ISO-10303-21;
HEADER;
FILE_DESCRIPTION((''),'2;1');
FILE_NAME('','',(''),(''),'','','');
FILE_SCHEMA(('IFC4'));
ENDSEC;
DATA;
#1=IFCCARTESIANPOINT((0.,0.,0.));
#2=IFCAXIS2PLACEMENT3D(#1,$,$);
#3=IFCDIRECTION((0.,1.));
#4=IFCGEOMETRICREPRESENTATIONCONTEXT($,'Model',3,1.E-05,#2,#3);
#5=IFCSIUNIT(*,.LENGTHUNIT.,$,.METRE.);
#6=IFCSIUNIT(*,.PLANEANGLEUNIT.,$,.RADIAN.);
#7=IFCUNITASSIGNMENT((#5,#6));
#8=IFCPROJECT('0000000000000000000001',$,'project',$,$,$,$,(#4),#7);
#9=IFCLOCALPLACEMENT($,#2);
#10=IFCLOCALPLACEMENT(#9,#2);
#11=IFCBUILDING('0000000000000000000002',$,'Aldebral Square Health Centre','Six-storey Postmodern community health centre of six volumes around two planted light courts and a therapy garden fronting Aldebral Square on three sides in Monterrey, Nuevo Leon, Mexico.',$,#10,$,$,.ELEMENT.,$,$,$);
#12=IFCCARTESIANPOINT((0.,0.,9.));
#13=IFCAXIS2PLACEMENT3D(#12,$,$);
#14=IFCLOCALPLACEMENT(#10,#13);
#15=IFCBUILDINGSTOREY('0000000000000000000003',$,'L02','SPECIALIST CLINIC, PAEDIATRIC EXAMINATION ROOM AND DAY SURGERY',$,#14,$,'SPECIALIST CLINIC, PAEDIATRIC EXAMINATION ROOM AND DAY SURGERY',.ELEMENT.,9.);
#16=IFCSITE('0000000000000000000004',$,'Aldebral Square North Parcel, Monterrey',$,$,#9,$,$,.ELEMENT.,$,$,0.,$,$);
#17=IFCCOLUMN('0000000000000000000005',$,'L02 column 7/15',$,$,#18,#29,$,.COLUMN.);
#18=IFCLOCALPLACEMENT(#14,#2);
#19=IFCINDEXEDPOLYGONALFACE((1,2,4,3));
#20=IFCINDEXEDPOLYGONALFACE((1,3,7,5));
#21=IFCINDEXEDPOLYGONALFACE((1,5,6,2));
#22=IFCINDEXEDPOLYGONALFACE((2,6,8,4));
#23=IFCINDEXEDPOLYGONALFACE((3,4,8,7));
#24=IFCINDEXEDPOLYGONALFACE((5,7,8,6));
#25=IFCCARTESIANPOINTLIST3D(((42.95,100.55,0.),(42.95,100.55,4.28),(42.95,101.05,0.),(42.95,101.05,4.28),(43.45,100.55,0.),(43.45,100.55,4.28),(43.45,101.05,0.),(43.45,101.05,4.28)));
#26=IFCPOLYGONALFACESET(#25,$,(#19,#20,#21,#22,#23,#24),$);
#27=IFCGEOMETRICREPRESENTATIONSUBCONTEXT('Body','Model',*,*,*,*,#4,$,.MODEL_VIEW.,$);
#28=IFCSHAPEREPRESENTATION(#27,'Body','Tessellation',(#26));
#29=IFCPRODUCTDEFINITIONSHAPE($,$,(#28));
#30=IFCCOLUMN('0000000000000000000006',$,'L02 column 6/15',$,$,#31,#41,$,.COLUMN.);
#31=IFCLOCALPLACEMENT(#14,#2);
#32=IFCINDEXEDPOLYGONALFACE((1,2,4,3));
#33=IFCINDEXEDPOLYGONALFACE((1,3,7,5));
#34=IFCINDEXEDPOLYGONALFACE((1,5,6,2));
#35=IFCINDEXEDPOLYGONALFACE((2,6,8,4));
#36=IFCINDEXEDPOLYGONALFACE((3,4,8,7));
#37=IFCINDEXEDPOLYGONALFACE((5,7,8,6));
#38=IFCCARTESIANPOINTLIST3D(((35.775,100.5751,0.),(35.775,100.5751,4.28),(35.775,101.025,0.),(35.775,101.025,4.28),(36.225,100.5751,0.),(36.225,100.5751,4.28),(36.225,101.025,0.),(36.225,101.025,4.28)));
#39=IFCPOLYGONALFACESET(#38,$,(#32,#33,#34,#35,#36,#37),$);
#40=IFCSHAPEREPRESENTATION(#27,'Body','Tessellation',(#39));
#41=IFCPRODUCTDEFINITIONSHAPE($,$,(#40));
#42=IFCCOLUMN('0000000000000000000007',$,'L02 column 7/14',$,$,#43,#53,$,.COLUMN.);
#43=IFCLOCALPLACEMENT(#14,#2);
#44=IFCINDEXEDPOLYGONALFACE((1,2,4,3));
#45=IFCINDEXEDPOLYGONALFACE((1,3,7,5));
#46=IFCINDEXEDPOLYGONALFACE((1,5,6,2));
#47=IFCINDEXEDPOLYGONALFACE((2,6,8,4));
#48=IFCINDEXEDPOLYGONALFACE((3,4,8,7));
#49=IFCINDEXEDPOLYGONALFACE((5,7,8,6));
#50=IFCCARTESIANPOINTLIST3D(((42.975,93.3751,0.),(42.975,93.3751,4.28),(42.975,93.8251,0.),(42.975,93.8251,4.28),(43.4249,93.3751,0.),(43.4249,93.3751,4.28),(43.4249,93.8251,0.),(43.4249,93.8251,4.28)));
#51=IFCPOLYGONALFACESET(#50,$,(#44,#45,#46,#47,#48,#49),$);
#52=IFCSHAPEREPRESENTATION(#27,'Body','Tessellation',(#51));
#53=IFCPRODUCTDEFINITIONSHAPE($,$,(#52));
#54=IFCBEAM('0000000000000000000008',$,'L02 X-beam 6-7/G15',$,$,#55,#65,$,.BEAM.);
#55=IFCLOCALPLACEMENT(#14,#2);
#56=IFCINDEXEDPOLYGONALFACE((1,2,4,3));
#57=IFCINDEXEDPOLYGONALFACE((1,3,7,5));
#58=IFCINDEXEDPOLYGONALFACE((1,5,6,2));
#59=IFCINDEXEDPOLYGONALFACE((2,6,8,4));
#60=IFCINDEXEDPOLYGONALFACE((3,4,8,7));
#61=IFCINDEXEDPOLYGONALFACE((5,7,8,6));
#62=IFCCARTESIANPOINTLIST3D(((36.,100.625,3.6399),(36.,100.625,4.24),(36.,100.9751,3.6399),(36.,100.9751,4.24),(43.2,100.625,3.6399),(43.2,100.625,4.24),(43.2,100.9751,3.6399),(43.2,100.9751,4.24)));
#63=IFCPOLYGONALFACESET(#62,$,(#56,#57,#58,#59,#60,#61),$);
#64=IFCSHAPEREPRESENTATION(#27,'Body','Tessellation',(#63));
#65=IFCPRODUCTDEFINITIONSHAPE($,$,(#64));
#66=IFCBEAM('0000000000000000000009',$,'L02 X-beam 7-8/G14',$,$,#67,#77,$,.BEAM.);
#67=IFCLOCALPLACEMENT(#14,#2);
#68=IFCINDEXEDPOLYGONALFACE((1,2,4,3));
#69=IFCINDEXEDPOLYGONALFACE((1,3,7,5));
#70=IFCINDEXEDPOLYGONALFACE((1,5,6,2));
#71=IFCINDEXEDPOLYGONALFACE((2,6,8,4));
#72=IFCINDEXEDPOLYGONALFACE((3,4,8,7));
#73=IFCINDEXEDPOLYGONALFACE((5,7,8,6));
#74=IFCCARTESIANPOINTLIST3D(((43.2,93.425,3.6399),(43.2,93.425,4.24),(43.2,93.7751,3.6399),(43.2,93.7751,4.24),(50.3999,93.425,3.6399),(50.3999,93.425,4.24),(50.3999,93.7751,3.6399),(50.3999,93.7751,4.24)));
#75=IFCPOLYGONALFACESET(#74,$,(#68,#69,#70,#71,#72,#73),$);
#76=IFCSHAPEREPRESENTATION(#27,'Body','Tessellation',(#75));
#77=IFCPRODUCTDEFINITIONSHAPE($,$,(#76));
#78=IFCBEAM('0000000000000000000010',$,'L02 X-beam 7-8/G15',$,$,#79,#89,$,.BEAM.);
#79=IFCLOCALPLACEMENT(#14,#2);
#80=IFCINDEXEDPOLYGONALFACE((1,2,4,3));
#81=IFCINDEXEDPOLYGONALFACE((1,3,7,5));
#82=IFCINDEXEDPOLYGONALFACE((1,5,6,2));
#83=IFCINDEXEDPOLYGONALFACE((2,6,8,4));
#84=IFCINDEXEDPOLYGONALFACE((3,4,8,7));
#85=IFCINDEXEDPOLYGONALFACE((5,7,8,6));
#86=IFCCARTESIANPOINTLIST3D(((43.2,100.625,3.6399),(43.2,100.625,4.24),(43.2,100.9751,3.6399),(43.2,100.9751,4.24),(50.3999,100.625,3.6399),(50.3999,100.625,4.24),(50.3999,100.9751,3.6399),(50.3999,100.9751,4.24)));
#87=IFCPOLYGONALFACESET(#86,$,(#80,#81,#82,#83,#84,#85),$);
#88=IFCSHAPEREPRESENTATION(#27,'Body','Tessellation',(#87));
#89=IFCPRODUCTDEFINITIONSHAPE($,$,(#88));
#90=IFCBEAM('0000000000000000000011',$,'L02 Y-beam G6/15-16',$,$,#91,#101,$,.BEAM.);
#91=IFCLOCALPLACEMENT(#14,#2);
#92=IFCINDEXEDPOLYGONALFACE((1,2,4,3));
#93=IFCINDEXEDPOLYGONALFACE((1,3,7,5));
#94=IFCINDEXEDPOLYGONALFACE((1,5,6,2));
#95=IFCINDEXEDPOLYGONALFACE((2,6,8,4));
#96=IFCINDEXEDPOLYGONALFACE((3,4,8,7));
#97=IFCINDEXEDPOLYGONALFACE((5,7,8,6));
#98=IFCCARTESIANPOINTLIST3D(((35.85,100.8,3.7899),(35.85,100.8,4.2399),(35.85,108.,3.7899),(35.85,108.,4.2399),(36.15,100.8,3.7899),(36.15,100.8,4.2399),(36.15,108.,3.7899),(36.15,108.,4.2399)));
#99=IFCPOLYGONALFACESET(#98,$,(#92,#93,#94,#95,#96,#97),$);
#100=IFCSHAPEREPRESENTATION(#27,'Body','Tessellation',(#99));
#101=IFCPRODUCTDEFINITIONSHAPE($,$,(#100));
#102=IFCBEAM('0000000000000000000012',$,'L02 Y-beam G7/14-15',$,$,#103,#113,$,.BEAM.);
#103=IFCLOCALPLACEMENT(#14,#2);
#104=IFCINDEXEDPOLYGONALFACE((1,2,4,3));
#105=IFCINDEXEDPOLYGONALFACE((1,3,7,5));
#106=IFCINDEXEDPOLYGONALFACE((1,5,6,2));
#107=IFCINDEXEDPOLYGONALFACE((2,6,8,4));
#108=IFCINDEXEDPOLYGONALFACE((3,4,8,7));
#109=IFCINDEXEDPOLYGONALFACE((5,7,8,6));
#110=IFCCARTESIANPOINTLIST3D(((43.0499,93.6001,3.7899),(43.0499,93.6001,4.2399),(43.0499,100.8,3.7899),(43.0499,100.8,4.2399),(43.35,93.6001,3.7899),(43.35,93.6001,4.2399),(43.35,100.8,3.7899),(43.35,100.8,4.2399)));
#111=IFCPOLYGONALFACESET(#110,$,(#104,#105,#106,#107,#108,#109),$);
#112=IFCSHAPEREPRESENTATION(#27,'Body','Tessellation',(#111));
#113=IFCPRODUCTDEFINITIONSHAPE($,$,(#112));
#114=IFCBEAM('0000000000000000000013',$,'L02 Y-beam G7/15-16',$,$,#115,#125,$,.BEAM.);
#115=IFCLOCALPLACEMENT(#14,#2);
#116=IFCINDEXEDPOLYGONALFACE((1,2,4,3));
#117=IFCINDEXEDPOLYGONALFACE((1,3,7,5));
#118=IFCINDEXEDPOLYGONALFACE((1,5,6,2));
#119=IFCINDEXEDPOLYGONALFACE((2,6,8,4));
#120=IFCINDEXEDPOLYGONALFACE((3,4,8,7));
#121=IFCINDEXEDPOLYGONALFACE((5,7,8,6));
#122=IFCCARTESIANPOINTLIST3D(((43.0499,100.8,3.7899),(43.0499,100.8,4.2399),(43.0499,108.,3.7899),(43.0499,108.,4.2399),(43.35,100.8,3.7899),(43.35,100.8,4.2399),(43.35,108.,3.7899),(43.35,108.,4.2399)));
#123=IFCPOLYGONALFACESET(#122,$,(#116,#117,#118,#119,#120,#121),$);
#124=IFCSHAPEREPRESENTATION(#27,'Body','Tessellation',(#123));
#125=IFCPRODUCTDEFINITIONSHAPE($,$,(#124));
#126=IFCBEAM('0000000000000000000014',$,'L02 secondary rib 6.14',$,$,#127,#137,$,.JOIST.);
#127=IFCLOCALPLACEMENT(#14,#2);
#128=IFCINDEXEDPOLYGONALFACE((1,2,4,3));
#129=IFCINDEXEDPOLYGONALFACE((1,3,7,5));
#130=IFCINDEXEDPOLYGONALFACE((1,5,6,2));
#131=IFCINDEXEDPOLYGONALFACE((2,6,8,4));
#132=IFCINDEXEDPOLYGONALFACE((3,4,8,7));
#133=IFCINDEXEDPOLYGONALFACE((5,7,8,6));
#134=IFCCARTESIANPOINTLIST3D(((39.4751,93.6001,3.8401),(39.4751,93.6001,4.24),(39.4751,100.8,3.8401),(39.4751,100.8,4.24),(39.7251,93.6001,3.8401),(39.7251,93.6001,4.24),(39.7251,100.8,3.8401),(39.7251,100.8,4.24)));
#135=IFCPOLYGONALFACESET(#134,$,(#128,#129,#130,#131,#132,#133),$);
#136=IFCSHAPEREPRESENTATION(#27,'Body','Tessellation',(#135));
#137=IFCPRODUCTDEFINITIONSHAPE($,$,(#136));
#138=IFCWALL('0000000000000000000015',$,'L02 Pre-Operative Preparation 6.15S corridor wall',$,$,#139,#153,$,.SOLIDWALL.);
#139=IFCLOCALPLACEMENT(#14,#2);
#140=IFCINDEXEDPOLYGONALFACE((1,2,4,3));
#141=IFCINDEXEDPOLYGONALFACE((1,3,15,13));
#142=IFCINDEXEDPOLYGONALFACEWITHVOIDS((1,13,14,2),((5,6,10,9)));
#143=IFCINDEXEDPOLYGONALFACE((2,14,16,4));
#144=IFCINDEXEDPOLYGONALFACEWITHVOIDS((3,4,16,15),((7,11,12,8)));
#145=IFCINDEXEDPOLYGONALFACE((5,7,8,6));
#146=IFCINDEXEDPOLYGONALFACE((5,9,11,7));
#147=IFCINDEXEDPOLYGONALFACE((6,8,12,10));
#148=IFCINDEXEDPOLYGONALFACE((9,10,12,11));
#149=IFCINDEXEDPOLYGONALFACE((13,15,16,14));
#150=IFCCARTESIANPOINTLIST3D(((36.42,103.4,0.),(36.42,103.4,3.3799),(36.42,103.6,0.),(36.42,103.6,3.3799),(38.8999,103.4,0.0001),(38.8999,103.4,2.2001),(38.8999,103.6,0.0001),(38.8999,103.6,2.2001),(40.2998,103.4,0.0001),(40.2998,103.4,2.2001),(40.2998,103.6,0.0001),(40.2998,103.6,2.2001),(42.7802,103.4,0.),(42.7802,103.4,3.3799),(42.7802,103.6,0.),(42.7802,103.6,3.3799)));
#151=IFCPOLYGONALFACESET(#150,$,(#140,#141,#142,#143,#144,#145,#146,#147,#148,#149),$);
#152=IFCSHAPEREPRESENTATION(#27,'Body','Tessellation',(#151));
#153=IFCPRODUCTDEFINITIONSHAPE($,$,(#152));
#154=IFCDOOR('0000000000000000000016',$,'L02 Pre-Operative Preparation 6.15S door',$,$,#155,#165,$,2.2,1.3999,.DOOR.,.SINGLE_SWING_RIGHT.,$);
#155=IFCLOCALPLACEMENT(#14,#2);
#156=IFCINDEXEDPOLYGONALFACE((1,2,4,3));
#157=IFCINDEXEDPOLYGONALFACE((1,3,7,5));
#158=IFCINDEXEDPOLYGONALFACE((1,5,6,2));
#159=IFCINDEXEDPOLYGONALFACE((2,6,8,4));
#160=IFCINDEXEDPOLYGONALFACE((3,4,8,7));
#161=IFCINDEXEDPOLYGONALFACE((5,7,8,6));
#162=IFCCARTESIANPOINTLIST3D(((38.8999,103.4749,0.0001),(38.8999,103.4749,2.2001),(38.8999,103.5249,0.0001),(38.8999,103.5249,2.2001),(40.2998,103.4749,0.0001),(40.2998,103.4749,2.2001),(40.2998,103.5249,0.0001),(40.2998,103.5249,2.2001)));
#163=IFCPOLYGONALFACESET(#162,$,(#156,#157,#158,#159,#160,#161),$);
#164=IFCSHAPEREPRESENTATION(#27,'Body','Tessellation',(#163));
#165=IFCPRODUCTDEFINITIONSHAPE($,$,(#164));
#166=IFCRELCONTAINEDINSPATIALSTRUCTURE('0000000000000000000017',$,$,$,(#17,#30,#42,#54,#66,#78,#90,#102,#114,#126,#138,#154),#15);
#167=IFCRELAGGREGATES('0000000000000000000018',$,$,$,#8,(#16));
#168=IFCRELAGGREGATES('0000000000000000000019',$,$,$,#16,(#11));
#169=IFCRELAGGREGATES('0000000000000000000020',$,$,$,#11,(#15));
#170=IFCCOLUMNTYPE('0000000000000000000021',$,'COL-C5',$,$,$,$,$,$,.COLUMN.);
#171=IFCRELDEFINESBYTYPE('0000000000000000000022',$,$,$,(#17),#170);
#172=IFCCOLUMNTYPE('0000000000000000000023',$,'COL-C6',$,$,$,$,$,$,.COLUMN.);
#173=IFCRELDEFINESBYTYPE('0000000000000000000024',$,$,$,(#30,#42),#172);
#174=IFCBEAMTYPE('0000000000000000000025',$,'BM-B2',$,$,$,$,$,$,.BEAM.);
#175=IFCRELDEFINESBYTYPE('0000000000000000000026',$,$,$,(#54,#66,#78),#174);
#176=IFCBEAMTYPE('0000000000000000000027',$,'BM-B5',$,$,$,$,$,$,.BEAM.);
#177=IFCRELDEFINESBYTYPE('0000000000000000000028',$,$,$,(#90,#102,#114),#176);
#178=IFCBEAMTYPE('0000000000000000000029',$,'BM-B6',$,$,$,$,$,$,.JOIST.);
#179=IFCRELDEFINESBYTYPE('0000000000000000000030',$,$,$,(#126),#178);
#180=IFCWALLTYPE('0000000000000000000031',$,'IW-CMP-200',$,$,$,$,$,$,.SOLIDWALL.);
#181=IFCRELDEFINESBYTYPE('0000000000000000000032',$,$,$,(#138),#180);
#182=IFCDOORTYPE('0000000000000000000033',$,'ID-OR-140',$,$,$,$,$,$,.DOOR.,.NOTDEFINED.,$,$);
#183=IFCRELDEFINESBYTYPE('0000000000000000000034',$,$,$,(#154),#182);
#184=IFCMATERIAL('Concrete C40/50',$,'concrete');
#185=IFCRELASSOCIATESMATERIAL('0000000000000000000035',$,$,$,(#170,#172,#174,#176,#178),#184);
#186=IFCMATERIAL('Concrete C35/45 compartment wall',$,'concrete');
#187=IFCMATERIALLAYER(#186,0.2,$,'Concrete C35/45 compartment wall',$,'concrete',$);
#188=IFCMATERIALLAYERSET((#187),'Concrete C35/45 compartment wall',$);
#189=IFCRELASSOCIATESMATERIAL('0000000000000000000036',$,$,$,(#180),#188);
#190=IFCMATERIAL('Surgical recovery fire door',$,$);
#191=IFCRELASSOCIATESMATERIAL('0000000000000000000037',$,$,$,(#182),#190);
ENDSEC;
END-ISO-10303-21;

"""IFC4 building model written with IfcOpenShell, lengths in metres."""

from ifc_helpers import new_model, si_unit, direction, frame, frame_2d, origin, origin_2d, place, context, subcontext, project, spatial, rectangle, extrude, material, layer, layer_set, material_profile, profile_set, type_object, element, fill, save


model = new_model("IFC4")

# Units and contexts
model_context = context("Model", 3, precision=1e-05, world=origin(), true_north=direction((0.0, 1.0)))
body_context = subcontext(model_context, "Body", "Model", "MODEL_VIEW")
ifc_project = project(units=[si_unit("LENGTHUNIT", "METRE"), si_unit("PLANEANGLEUNIT", "RADIAN")], contexts=[model_context])

# Site, building, storey
site_placement = place(None, origin())
site = spatial("IfcSite", under=ifc_project, at=site_placement, Name="Aldebral Square North Parcel, Monterrey", CompositionType="ELEMENT", RefElevation=0.0)
building_placement = place(site_placement, origin())
building = spatial("IfcBuilding", under=site, at=building_placement, Name="Aldebral Square Health Centre", Description="Six-storey Postmodern community health centre of six volumes around two planted light courts and a therapy garden fronting Aldebral Square on three sides in Monterrey, Nuevo Leon, Mexico.", CompositionType="ELEMENT")
storey_placement = place(building_placement, frame((0.0, 0.0, 9.0)))
storey = spatial("IfcBuildingStorey", under=building, at=storey_placement, Name="L02", Description="SPECIALIST CLINIC, PAEDIATRIC EXAMINATION ROOM AND DAY SURGERY", LongName="SPECIALIST CLINIC, PAEDIATRIC EXAMINATION ROOM AND DAY SURGERY", CompositionType="ELEMENT", Elevation=9.0)

# Columns
ifc_material_1 = material(Name="Concrete C40/50", Category="concrete")
ifc_material_profile_1 = material_profile(ifc_material_1, rectangle(XDim=0.5, YDim=0.5, at=origin_2d()), Name="RC 500x500")
ifc_profile_set_1 = profile_set([ifc_material_profile_1], Name="Concrete C40/50")
column_type_1 = type_object("IfcColumnType", Name="COL-C5", PredefinedType="COLUMN", material=ifc_profile_set_1)
column_placement = place(storey_placement, frame((43.2, 100.8, 0.0), z_axis=(0.0, 0.0, 1.0), x_axis=(1.0, 0.0, 0.0)))
element("IfcColumn", 1, at=column_placement, inside=storey, type_object=column_type_1, Name="L02 column 7/15", PredefinedType="COLUMN", context=body_context, shape_type="SweptSolid", body=[
    extrude(rectangle(XDim=0.5, YDim=0.5, at=origin_2d()), origin(), (0.0, 0.0, 1.0), 4.28),
])
ifc_material_profile_2 = material_profile(ifc_material_1, rectangle(XDim=0.45, YDim=0.45, at=origin_2d()), Name="RC 450x450")
ifc_profile_set_2 = profile_set([ifc_material_profile_2], Name="Concrete C40/50")
column_type_2 = type_object("IfcColumnType", Name="COL-C6", PredefinedType="COLUMN", material=ifc_profile_set_2)
for number, where, z_axis, x_axis, name in (
    (2, (36.0, 100.8, 0.0), (0.0, 0.0, 1.0), (1.0, 0.0, 0.0), "L02 column 6/15"),
    (3, (43.2, 93.6001, 0.0), (0.0, 0.0, 1.0), (1.0, 0.0, 0.0), "L02 column 7/14"),
):
    element("IfcColumn", number, at=place(storey_placement, frame(where, z_axis=z_axis, x_axis=x_axis)), inside=storey, type_object=column_type_2, Name=name, PredefinedType="COLUMN", context=body_context, shape_type="SweptSolid", body=[
        extrude(rectangle(XDim=0.45, YDim=0.45, at=origin_2d()), origin(), (0.0, 0.0, 1.0), 4.28),
    ])

# Beams
ifc_material_profile_3 = material_profile(ifc_material_1, rectangle(XDim=0.3501, YDim=0.6001, at=origin_2d()), Name="RC 350x600")
ifc_profile_set_3 = profile_set([ifc_material_profile_3], Name="Concrete C40/50")
beam_type_1 = type_object("IfcBeamType", Name="BM-B2", PredefinedType="BEAM", material=ifc_profile_set_3)
for number, where, z_axis, x_axis, name in (
    (4, (36.0, 100.8, 3.9399), (1.0, 0.0, 0.0), (0.0, 1.0, 0.0), "L02 X-beam 6-7/G15"),
    (5, (43.2, 93.6001, 3.9399), (1.0, 0.0, 0.0), (0.0, 1.0, 0.0), "L02 X-beam 7-8/G14"),
    (6, (43.2, 100.8, 3.9399), (1.0, 0.0, 0.0), (0.0, 1.0, 0.0), "L02 X-beam 7-8/G15"),
):
    element("IfcBeam", number, at=place(storey_placement, frame(where, z_axis=z_axis, x_axis=x_axis)), inside=storey, type_object=beam_type_1, Name=name, PredefinedType="BEAM", context=body_context, shape_type="SweptSolid", body=[
        extrude(rectangle(XDim=0.3501, YDim=0.6001, at=origin_2d()), origin(), (0.0, 0.0, 1.0), 7.2),
    ])
ifc_material_profile_4 = material_profile(ifc_material_1, rectangle(XDim=0.3, YDim=0.45, at=origin_2d()), Name="RC 300x450")
ifc_profile_set_4 = profile_set([ifc_material_profile_4], Name="Concrete C40/50")
beam_type_2 = type_object("IfcBeamType", Name="BM-B5", PredefinedType="BEAM", material=ifc_profile_set_4)
for number, where, z_axis, x_axis, name in (
    (7, (36.0, 100.8, 4.0149), (0.0, 1.0, 0.0), (-1.0, 0.0, 0.0), "L02 Y-beam G6/15-16"),
    (8, (43.2, 93.6001, 4.0149), (0.0, 1.0, 0.0), (-1.0, 0.0, 0.0), "L02 Y-beam G7/14-15"),
    (9, (43.2, 100.8, 4.0149), (0.0, 1.0, 0.0), (-1.0, 0.0, 0.0), "L02 Y-beam G7/15-16"),
):
    element("IfcBeam", number, at=place(storey_placement, frame(where, z_axis=z_axis, x_axis=x_axis)), inside=storey, type_object=beam_type_2, Name=name, PredefinedType="BEAM", context=body_context, shape_type="SweptSolid", body=[
        extrude(rectangle(XDim=0.3, YDim=0.45, at=origin_2d()), origin(), (0.0, 0.0, 1.0), 7.2),
    ])
ifc_material_profile_5 = material_profile(ifc_material_1, rectangle(XDim=0.25, YDim=0.3999, at=origin_2d()), Name="RC 250x400")
ifc_profile_set_5 = profile_set([ifc_material_profile_5], Name="Concrete C40/50")
beam_type_3 = type_object("IfcBeamType", Name="BM-B6", PredefinedType="JOIST", material=ifc_profile_set_5)
beam_placement = place(storey_placement, frame((39.6001, 93.6001, 4.04), z_axis=(0.0, 1.0, 0.0), x_axis=(-1.0, 0.0, 0.0)))
element("IfcBeam", 10, at=beam_placement, inside=storey, type_object=beam_type_3, Name="L02 secondary rib 6.14", PredefinedType="JOIST", context=body_context, shape_type="SweptSolid", body=[
    extrude(rectangle(XDim=0.25, YDim=0.3999, at=origin_2d()), origin(), (0.0, 0.0, 1.0), 7.2),
])

# Wall, opening, door
ifc_material_2 = material(Name="Concrete C35/45 compartment wall", Category="concrete")
ifc_layer_1 = layer(ifc_material_2, 0.2, Name="Concrete C35/45 compartment wall", Category="concrete")
ifc_layer_set_1 = layer_set([ifc_layer_1], Name="Concrete C35/45 compartment wall")
wall_type_1 = type_object("IfcWallType", Name="IW-CMP-200", PredefinedType="SOLIDWALL", material=ifc_layer_set_1)
wall_1_placement = place(storey_placement, frame((36.4199, 103.5, 0.0), z_axis=(0.0, 0.0, 1.0), x_axis=(1.0, 0.0, 0.0)))
wall_1 = element("IfcWall", 11, at=wall_1_placement, inside=storey, type_object=wall_type_1, Name="L02 Pre-Operative Preparation 6.15S corridor wall", PredefinedType="SOLIDWALL", context=body_context, shape_type="SweptSolid", body=[
    extrude(rectangle(XDim=6.3601, YDim=0.2, at=frame_2d((3.1802, 0.0))), origin(), (0.0, 0.0, 1.0), 3.3799),
])
opening_1_placement = place(wall_1_placement, frame((2.48, 0.0, 0.0)))
opening_1 = element("IfcOpeningElement", 12, at=opening_1_placement, cuts=wall_1, PredefinedType="OPENING", context=body_context, shape_type="SweptSolid", body=[
    extrude(rectangle(XDim=1.3999, YDim=2.2, at=frame_2d((0.7, 1.1001))), frame((0.0, 0.1099, 0.0), z_axis=(0.0, -1.0, 0.0), x_axis=(1.0, 0.0, 0.0)), (0.0, 0.0, 1.0), 0.22),
])
ifc_material_3 = material(Name="Surgical recovery fire door")
door_type_1 = type_object("IfcDoorType", Name="ID-OR-140", OperationType="NOTDEFINED", PredefinedType="DOOR", material=ifc_material_3)
door_1_placement = place(opening_1_placement, origin())
door_1 = element("IfcDoor", 13, at=door_1_placement, inside=storey, type_object=door_type_1, Name="L02 Pre-Operative Preparation 6.15S door", OperationType="SINGLE_SWING_RIGHT", OverallHeight=2.2, OverallWidth=1.3999, PredefinedType="DOOR", context=body_context, shape_type="SweptSolid", body=[
    extrude(rectangle(XDim=1.3999, YDim=2.2, at=frame_2d((0.7, 1.1001))), frame((0.0, 0.0249, 0.0), z_axis=(0.0, -1.0, 0.0), x_axis=(1.0, 0.0, 0.0)), (0.0, 0.0, 1.0), 0.05),
])
fill(opening_1, door_1)

save(model, "model.ifc")
